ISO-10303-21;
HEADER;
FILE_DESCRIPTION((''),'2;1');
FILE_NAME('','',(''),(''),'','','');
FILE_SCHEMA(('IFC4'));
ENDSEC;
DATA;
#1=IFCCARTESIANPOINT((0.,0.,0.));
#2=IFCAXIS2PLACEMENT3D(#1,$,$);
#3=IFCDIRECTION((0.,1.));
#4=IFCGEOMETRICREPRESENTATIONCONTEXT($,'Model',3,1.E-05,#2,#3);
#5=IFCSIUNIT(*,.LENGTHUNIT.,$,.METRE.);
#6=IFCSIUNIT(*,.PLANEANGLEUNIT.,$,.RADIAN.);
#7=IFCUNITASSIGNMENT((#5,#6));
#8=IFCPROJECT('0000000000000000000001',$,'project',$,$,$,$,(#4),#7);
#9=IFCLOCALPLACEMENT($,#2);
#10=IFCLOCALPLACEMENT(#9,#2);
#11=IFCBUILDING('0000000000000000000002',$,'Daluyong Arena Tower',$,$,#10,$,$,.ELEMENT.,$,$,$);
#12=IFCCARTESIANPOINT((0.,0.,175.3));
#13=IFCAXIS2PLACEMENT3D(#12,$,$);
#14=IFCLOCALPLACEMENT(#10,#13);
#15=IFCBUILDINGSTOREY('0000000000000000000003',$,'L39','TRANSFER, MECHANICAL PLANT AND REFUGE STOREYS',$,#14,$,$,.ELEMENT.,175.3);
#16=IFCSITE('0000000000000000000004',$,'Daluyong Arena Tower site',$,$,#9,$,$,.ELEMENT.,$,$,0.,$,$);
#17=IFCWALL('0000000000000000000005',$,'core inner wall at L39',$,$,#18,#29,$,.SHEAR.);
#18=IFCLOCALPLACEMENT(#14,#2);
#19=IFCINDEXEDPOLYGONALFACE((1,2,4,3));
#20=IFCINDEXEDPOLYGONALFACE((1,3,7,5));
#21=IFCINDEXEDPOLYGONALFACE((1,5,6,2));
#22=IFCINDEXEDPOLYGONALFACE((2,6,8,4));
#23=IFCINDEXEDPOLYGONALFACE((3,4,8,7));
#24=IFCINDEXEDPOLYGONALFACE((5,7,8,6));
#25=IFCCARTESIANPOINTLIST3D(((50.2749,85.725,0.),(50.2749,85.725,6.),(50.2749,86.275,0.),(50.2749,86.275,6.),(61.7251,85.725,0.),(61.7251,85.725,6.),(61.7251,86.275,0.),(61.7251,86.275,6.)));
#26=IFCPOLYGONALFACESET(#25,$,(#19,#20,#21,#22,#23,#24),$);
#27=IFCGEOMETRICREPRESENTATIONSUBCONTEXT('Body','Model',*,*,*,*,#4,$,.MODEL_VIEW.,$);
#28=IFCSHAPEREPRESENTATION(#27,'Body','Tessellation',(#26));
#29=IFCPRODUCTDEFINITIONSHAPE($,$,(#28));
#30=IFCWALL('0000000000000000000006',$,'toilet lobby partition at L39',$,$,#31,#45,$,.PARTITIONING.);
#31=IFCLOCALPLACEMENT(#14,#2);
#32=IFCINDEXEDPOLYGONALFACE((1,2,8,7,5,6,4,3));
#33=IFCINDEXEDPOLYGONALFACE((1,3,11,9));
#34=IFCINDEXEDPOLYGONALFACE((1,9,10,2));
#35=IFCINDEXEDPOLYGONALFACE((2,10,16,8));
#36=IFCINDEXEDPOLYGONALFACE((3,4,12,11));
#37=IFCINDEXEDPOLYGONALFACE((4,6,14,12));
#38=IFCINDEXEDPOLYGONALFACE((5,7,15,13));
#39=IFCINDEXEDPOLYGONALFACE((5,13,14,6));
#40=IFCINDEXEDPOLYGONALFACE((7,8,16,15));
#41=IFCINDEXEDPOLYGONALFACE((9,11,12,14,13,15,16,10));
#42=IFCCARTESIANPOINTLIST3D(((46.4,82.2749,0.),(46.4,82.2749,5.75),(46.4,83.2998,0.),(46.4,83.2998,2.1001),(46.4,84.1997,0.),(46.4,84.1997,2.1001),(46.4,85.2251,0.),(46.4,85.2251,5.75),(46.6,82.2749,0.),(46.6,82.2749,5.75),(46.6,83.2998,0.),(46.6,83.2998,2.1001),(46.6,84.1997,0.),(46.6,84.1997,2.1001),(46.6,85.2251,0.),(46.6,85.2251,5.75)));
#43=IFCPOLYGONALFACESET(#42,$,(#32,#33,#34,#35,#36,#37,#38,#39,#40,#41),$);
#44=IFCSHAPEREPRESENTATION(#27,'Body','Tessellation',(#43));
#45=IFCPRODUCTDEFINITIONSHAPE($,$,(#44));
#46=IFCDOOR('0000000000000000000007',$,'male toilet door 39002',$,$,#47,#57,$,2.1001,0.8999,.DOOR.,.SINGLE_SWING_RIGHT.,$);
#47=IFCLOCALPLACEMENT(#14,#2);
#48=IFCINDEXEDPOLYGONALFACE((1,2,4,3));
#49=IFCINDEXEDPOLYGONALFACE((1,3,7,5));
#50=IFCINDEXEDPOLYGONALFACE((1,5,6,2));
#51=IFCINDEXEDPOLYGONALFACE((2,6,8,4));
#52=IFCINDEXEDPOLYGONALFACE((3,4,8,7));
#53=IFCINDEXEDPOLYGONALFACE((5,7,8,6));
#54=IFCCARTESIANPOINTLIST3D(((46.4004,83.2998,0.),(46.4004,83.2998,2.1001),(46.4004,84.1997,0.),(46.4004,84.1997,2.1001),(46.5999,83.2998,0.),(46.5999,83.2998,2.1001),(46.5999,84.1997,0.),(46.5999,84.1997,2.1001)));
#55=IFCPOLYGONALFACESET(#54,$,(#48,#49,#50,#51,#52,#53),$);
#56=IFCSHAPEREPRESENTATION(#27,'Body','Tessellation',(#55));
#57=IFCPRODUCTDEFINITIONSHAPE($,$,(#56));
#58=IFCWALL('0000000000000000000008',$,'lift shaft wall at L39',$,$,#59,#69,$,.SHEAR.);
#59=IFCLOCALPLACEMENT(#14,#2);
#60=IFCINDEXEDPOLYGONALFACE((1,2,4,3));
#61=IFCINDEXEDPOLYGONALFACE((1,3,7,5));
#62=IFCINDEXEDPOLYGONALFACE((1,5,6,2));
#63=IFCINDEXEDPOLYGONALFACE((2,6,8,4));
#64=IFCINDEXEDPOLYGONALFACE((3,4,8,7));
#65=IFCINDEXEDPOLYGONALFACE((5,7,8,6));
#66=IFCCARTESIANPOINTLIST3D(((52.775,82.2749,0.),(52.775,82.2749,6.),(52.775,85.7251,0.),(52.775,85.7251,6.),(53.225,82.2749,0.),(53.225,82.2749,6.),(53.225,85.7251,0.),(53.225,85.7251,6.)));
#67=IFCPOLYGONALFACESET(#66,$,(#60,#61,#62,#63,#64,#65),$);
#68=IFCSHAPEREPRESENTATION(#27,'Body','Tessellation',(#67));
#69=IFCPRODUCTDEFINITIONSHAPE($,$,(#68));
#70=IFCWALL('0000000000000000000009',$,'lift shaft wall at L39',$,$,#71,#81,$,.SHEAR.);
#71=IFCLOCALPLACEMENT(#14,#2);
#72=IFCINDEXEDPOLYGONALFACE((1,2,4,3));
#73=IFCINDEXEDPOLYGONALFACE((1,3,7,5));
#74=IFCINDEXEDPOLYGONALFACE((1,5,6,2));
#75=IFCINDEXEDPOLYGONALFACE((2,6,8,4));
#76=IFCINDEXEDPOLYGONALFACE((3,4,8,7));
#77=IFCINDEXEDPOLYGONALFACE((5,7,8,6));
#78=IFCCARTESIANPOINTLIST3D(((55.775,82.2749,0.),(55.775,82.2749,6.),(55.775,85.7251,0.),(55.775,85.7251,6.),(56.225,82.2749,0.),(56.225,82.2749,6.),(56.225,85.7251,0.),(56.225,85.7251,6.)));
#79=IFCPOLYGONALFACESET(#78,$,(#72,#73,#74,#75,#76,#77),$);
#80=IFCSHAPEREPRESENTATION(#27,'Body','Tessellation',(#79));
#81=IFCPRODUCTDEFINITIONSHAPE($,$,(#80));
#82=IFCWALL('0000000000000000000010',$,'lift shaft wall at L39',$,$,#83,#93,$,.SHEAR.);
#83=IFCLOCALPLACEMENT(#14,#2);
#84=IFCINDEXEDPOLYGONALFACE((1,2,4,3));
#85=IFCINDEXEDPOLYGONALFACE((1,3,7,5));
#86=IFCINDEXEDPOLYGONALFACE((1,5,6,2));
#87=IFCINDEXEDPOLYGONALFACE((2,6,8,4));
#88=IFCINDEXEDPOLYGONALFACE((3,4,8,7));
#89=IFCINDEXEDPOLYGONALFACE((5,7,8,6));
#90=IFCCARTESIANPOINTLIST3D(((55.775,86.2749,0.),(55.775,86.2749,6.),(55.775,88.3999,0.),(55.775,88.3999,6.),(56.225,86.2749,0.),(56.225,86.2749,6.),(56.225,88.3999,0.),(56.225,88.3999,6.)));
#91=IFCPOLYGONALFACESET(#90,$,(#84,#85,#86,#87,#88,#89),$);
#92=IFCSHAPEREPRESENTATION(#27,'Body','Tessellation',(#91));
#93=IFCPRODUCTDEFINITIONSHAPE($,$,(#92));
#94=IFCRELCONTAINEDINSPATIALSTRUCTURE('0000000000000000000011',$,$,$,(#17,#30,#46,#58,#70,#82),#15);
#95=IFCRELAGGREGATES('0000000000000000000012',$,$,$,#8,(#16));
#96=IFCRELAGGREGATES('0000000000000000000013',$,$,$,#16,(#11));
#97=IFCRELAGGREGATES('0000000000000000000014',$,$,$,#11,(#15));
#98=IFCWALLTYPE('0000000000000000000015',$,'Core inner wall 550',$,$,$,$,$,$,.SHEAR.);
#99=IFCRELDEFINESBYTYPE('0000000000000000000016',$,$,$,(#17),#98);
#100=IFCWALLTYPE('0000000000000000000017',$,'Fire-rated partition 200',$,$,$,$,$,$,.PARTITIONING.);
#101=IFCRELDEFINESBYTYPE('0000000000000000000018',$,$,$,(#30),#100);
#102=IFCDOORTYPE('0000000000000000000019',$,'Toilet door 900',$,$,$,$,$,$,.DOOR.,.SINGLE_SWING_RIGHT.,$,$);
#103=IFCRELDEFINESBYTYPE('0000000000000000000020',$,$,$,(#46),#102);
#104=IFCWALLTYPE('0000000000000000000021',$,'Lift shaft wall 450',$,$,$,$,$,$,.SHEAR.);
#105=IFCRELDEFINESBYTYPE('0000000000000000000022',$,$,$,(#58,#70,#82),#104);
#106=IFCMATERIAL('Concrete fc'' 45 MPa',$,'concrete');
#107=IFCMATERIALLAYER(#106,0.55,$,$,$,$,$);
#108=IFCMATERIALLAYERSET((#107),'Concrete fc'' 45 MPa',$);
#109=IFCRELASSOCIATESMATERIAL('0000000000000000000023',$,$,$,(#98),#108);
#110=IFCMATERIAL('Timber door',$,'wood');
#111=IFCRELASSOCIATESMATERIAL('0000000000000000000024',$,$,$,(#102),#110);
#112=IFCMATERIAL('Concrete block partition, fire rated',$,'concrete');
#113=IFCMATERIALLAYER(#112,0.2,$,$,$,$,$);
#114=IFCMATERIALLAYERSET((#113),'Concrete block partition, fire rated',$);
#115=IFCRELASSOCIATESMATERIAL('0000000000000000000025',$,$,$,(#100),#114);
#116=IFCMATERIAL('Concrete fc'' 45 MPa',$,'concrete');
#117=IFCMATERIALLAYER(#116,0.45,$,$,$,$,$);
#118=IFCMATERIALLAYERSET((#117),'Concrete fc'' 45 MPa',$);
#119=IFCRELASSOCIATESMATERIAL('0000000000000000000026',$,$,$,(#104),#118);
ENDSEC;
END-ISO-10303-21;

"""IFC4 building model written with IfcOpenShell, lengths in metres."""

from ifc_helpers import new_model, si_unit, direction, frame, frame_2d, origin, place, context, subcontext, project, spatial, rectangle, extrude, material, layer, layer_set, type_object, element, fill, save


model = new_model("IFC4")

# Units and contexts
model_context = context("Model", 3, precision=1e-05, world=origin(), true_north=direction((0.0, 1.0)))
body_context = subcontext(model_context, "Body", "Model", "MODEL_VIEW")
ifc_project = project(units=[si_unit("LENGTHUNIT", "METRE"), si_unit("PLANEANGLEUNIT", "RADIAN")], contexts=[model_context])

# Site, building, storey
site_placement = place(None, origin())
site = spatial("IfcSite", under=ifc_project, at=site_placement, Name="Daluyong Arena Tower site", CompositionType="ELEMENT", RefElevation=0.0)
building_placement = place(site_placement, origin())
building = spatial("IfcBuilding", under=site, at=building_placement, Name="Daluyong Arena Tower", CompositionType="ELEMENT")
storey_placement = place(building_placement, frame((0.0, 0.0, 175.3)))
storey = spatial("IfcBuildingStorey", under=building, at=storey_placement, Name="L39", Description="TRANSFER, MECHANICAL PLANT AND REFUGE STOREYS", CompositionType="ELEMENT", Elevation=175.3)

# Shared definitions
ifc_material_1 = material(Name="Concrete fc' 45 MPa", Category="concrete")
ifc_layer_1 = layer(ifc_material_1, 0.55)
ifc_layer_set_1 = layer_set([ifc_layer_1], Name="Concrete fc' 45 MPa")
wall_type_1 = type_object("IfcWallType", Name="Core inner wall 550", PredefinedType="SHEAR", material=ifc_layer_set_1)
ifc_material_2 = material(Name="Timber door", Category="wood")
door_type_1 = type_object("IfcDoorType", Name="Toilet door 900", OperationType="SINGLE_SWING_RIGHT", PredefinedType="DOOR", material=ifc_material_2)

# Wall
for number, where, z_axis, x_axis, name in (
    (1, (50.2749, 86.0, 0.0), (0.0, 0.0, 1.0), (1.0, 0.0, 0.0), "core inner wall at L39"),
):
    element("IfcWall", number, at=place(storey_placement, frame(where, z_axis=z_axis, x_axis=x_axis)), inside=storey, type_object=wall_type_1, Name=name, PredefinedType="SHEAR", context=body_context, shape_type="SweptSolid", body=[
        extrude(rectangle(XDim=11.4502, YDim=0.55, at=frame_2d((5.7251, 0.0))), origin(), (0.0, 0.0, 1.0), 6.0),
    ])

# Wall, opening, door
ifc_material_3 = material(Name="Concrete block partition, fire rated", Category="concrete")
ifc_layer_2 = layer(ifc_material_3, 0.2)
ifc_layer_set_2 = layer_set([ifc_layer_2], Name="Concrete block partition, fire rated")
wall_type_2 = type_object("IfcWallType", Name="Fire-rated partition 200", PredefinedType="PARTITIONING", material=ifc_layer_set_2)
wall_1_placement = place(storey_placement, frame((46.5, 82.2749, 0.0), z_axis=(0.0, 0.0, 1.0), x_axis=(0.0, 1.0, 0.0)))
wall_1 = element("IfcWall", 2, at=wall_1_placement, inside=storey, type_object=wall_type_2, Name="toilet lobby partition at L39", PredefinedType="PARTITIONING", context=body_context, shape_type="SweptSolid", body=[
    extrude(rectangle(XDim=2.9502, YDim=0.2, at=frame_2d((1.4751, 0.0))), origin(), (0.0, 0.0, 1.0), 5.75),
])
opening_1_placement = place(wall_1_placement, frame((1.0249, 0.0, 0.0)))
opening_1 = element("IfcOpeningElement", 3, at=opening_1_placement, cuts=wall_1, PredefinedType="OPENING", context=body_context, shape_type="SweptSolid", body=[
    extrude(rectangle(XDim=0.8999, YDim=2.1001, at=frame_2d((0.45, 1.05))), frame((0.0, 0.1099, 0.0), z_axis=(0.0, -1.0, 0.0), x_axis=(1.0, 0.0, 0.0)), (0.0, 0.0, 1.0), 0.22),
])
door_1_placement = place(opening_1_placement, origin())
door_1 = element("IfcDoor", 4, at=door_1_placement, inside=storey, type_object=door_type_1, Name="male toilet door 39002", OperationType="SINGLE_SWING_RIGHT", OverallHeight=2.1001, OverallWidth=0.8999, PredefinedType="DOOR", context=body_context, shape_type="SweptSolid", body=[
    extrude(rectangle(XDim=0.8999, YDim=2.1001, at=frame_2d((0.45, 1.05))), frame((0.0, 0.0996, 0.0), z_axis=(0.0, -1.0, 0.0), x_axis=(1.0, 0.0, 0.0)), (0.0, 0.0, 1.0), 0.1995),
])
fill(opening_1, door_1)

# Walls
ifc_material_4 = material(Name="Concrete fc' 45 MPa", Category="concrete")
ifc_layer_3 = layer(ifc_material_4, 0.45)
ifc_layer_set_3 = layer_set([ifc_layer_3], Name="Concrete fc' 45 MPa")
wall_type_3 = type_object("IfcWallType", Name="Lift shaft wall 450", PredefinedType="SHEAR", material=ifc_layer_set_3)
for number, where, z_axis, x_axis, name in (
    (5, (53.0, 82.2749, 0.0), (0.0, 0.0, 1.0), (0.0, 1.0, 0.0), "lift shaft wall at L39"),
    (6, (56.0, 82.2749, 0.0), (0.0, 0.0, 1.0), (0.0, 1.0, 0.0), "lift shaft wall at L39"),
):
    element("IfcWall", number, at=place(storey_placement, frame(where, z_axis=z_axis, x_axis=x_axis)), inside=storey, type_object=wall_type_3, Name=name, PredefinedType="SHEAR", context=body_context, shape_type="SweptSolid", body=[
        extrude(rectangle(XDim=3.4502, YDim=0.45, at=frame_2d((1.7251, 0.0))), origin(), (0.0, 0.0, 1.0), 6.0),
    ])
wall_2_placement = place(storey_placement, frame((56.0, 86.2749, 0.0), z_axis=(0.0, 0.0, 1.0), x_axis=(0.0, 1.0, 0.0)))
element("IfcWall", 7, at=wall_2_placement, inside=storey, type_object=wall_type_3, Name="lift shaft wall at L39", PredefinedType="SHEAR", context=body_context, shape_type="SweptSolid", body=[
    extrude(rectangle(XDim=2.125, YDim=0.45, at=frame_2d((1.0625, 0.0))), origin(), (0.0, 0.0, 1.0), 6.0),
])

save(model, "model.ifc")
